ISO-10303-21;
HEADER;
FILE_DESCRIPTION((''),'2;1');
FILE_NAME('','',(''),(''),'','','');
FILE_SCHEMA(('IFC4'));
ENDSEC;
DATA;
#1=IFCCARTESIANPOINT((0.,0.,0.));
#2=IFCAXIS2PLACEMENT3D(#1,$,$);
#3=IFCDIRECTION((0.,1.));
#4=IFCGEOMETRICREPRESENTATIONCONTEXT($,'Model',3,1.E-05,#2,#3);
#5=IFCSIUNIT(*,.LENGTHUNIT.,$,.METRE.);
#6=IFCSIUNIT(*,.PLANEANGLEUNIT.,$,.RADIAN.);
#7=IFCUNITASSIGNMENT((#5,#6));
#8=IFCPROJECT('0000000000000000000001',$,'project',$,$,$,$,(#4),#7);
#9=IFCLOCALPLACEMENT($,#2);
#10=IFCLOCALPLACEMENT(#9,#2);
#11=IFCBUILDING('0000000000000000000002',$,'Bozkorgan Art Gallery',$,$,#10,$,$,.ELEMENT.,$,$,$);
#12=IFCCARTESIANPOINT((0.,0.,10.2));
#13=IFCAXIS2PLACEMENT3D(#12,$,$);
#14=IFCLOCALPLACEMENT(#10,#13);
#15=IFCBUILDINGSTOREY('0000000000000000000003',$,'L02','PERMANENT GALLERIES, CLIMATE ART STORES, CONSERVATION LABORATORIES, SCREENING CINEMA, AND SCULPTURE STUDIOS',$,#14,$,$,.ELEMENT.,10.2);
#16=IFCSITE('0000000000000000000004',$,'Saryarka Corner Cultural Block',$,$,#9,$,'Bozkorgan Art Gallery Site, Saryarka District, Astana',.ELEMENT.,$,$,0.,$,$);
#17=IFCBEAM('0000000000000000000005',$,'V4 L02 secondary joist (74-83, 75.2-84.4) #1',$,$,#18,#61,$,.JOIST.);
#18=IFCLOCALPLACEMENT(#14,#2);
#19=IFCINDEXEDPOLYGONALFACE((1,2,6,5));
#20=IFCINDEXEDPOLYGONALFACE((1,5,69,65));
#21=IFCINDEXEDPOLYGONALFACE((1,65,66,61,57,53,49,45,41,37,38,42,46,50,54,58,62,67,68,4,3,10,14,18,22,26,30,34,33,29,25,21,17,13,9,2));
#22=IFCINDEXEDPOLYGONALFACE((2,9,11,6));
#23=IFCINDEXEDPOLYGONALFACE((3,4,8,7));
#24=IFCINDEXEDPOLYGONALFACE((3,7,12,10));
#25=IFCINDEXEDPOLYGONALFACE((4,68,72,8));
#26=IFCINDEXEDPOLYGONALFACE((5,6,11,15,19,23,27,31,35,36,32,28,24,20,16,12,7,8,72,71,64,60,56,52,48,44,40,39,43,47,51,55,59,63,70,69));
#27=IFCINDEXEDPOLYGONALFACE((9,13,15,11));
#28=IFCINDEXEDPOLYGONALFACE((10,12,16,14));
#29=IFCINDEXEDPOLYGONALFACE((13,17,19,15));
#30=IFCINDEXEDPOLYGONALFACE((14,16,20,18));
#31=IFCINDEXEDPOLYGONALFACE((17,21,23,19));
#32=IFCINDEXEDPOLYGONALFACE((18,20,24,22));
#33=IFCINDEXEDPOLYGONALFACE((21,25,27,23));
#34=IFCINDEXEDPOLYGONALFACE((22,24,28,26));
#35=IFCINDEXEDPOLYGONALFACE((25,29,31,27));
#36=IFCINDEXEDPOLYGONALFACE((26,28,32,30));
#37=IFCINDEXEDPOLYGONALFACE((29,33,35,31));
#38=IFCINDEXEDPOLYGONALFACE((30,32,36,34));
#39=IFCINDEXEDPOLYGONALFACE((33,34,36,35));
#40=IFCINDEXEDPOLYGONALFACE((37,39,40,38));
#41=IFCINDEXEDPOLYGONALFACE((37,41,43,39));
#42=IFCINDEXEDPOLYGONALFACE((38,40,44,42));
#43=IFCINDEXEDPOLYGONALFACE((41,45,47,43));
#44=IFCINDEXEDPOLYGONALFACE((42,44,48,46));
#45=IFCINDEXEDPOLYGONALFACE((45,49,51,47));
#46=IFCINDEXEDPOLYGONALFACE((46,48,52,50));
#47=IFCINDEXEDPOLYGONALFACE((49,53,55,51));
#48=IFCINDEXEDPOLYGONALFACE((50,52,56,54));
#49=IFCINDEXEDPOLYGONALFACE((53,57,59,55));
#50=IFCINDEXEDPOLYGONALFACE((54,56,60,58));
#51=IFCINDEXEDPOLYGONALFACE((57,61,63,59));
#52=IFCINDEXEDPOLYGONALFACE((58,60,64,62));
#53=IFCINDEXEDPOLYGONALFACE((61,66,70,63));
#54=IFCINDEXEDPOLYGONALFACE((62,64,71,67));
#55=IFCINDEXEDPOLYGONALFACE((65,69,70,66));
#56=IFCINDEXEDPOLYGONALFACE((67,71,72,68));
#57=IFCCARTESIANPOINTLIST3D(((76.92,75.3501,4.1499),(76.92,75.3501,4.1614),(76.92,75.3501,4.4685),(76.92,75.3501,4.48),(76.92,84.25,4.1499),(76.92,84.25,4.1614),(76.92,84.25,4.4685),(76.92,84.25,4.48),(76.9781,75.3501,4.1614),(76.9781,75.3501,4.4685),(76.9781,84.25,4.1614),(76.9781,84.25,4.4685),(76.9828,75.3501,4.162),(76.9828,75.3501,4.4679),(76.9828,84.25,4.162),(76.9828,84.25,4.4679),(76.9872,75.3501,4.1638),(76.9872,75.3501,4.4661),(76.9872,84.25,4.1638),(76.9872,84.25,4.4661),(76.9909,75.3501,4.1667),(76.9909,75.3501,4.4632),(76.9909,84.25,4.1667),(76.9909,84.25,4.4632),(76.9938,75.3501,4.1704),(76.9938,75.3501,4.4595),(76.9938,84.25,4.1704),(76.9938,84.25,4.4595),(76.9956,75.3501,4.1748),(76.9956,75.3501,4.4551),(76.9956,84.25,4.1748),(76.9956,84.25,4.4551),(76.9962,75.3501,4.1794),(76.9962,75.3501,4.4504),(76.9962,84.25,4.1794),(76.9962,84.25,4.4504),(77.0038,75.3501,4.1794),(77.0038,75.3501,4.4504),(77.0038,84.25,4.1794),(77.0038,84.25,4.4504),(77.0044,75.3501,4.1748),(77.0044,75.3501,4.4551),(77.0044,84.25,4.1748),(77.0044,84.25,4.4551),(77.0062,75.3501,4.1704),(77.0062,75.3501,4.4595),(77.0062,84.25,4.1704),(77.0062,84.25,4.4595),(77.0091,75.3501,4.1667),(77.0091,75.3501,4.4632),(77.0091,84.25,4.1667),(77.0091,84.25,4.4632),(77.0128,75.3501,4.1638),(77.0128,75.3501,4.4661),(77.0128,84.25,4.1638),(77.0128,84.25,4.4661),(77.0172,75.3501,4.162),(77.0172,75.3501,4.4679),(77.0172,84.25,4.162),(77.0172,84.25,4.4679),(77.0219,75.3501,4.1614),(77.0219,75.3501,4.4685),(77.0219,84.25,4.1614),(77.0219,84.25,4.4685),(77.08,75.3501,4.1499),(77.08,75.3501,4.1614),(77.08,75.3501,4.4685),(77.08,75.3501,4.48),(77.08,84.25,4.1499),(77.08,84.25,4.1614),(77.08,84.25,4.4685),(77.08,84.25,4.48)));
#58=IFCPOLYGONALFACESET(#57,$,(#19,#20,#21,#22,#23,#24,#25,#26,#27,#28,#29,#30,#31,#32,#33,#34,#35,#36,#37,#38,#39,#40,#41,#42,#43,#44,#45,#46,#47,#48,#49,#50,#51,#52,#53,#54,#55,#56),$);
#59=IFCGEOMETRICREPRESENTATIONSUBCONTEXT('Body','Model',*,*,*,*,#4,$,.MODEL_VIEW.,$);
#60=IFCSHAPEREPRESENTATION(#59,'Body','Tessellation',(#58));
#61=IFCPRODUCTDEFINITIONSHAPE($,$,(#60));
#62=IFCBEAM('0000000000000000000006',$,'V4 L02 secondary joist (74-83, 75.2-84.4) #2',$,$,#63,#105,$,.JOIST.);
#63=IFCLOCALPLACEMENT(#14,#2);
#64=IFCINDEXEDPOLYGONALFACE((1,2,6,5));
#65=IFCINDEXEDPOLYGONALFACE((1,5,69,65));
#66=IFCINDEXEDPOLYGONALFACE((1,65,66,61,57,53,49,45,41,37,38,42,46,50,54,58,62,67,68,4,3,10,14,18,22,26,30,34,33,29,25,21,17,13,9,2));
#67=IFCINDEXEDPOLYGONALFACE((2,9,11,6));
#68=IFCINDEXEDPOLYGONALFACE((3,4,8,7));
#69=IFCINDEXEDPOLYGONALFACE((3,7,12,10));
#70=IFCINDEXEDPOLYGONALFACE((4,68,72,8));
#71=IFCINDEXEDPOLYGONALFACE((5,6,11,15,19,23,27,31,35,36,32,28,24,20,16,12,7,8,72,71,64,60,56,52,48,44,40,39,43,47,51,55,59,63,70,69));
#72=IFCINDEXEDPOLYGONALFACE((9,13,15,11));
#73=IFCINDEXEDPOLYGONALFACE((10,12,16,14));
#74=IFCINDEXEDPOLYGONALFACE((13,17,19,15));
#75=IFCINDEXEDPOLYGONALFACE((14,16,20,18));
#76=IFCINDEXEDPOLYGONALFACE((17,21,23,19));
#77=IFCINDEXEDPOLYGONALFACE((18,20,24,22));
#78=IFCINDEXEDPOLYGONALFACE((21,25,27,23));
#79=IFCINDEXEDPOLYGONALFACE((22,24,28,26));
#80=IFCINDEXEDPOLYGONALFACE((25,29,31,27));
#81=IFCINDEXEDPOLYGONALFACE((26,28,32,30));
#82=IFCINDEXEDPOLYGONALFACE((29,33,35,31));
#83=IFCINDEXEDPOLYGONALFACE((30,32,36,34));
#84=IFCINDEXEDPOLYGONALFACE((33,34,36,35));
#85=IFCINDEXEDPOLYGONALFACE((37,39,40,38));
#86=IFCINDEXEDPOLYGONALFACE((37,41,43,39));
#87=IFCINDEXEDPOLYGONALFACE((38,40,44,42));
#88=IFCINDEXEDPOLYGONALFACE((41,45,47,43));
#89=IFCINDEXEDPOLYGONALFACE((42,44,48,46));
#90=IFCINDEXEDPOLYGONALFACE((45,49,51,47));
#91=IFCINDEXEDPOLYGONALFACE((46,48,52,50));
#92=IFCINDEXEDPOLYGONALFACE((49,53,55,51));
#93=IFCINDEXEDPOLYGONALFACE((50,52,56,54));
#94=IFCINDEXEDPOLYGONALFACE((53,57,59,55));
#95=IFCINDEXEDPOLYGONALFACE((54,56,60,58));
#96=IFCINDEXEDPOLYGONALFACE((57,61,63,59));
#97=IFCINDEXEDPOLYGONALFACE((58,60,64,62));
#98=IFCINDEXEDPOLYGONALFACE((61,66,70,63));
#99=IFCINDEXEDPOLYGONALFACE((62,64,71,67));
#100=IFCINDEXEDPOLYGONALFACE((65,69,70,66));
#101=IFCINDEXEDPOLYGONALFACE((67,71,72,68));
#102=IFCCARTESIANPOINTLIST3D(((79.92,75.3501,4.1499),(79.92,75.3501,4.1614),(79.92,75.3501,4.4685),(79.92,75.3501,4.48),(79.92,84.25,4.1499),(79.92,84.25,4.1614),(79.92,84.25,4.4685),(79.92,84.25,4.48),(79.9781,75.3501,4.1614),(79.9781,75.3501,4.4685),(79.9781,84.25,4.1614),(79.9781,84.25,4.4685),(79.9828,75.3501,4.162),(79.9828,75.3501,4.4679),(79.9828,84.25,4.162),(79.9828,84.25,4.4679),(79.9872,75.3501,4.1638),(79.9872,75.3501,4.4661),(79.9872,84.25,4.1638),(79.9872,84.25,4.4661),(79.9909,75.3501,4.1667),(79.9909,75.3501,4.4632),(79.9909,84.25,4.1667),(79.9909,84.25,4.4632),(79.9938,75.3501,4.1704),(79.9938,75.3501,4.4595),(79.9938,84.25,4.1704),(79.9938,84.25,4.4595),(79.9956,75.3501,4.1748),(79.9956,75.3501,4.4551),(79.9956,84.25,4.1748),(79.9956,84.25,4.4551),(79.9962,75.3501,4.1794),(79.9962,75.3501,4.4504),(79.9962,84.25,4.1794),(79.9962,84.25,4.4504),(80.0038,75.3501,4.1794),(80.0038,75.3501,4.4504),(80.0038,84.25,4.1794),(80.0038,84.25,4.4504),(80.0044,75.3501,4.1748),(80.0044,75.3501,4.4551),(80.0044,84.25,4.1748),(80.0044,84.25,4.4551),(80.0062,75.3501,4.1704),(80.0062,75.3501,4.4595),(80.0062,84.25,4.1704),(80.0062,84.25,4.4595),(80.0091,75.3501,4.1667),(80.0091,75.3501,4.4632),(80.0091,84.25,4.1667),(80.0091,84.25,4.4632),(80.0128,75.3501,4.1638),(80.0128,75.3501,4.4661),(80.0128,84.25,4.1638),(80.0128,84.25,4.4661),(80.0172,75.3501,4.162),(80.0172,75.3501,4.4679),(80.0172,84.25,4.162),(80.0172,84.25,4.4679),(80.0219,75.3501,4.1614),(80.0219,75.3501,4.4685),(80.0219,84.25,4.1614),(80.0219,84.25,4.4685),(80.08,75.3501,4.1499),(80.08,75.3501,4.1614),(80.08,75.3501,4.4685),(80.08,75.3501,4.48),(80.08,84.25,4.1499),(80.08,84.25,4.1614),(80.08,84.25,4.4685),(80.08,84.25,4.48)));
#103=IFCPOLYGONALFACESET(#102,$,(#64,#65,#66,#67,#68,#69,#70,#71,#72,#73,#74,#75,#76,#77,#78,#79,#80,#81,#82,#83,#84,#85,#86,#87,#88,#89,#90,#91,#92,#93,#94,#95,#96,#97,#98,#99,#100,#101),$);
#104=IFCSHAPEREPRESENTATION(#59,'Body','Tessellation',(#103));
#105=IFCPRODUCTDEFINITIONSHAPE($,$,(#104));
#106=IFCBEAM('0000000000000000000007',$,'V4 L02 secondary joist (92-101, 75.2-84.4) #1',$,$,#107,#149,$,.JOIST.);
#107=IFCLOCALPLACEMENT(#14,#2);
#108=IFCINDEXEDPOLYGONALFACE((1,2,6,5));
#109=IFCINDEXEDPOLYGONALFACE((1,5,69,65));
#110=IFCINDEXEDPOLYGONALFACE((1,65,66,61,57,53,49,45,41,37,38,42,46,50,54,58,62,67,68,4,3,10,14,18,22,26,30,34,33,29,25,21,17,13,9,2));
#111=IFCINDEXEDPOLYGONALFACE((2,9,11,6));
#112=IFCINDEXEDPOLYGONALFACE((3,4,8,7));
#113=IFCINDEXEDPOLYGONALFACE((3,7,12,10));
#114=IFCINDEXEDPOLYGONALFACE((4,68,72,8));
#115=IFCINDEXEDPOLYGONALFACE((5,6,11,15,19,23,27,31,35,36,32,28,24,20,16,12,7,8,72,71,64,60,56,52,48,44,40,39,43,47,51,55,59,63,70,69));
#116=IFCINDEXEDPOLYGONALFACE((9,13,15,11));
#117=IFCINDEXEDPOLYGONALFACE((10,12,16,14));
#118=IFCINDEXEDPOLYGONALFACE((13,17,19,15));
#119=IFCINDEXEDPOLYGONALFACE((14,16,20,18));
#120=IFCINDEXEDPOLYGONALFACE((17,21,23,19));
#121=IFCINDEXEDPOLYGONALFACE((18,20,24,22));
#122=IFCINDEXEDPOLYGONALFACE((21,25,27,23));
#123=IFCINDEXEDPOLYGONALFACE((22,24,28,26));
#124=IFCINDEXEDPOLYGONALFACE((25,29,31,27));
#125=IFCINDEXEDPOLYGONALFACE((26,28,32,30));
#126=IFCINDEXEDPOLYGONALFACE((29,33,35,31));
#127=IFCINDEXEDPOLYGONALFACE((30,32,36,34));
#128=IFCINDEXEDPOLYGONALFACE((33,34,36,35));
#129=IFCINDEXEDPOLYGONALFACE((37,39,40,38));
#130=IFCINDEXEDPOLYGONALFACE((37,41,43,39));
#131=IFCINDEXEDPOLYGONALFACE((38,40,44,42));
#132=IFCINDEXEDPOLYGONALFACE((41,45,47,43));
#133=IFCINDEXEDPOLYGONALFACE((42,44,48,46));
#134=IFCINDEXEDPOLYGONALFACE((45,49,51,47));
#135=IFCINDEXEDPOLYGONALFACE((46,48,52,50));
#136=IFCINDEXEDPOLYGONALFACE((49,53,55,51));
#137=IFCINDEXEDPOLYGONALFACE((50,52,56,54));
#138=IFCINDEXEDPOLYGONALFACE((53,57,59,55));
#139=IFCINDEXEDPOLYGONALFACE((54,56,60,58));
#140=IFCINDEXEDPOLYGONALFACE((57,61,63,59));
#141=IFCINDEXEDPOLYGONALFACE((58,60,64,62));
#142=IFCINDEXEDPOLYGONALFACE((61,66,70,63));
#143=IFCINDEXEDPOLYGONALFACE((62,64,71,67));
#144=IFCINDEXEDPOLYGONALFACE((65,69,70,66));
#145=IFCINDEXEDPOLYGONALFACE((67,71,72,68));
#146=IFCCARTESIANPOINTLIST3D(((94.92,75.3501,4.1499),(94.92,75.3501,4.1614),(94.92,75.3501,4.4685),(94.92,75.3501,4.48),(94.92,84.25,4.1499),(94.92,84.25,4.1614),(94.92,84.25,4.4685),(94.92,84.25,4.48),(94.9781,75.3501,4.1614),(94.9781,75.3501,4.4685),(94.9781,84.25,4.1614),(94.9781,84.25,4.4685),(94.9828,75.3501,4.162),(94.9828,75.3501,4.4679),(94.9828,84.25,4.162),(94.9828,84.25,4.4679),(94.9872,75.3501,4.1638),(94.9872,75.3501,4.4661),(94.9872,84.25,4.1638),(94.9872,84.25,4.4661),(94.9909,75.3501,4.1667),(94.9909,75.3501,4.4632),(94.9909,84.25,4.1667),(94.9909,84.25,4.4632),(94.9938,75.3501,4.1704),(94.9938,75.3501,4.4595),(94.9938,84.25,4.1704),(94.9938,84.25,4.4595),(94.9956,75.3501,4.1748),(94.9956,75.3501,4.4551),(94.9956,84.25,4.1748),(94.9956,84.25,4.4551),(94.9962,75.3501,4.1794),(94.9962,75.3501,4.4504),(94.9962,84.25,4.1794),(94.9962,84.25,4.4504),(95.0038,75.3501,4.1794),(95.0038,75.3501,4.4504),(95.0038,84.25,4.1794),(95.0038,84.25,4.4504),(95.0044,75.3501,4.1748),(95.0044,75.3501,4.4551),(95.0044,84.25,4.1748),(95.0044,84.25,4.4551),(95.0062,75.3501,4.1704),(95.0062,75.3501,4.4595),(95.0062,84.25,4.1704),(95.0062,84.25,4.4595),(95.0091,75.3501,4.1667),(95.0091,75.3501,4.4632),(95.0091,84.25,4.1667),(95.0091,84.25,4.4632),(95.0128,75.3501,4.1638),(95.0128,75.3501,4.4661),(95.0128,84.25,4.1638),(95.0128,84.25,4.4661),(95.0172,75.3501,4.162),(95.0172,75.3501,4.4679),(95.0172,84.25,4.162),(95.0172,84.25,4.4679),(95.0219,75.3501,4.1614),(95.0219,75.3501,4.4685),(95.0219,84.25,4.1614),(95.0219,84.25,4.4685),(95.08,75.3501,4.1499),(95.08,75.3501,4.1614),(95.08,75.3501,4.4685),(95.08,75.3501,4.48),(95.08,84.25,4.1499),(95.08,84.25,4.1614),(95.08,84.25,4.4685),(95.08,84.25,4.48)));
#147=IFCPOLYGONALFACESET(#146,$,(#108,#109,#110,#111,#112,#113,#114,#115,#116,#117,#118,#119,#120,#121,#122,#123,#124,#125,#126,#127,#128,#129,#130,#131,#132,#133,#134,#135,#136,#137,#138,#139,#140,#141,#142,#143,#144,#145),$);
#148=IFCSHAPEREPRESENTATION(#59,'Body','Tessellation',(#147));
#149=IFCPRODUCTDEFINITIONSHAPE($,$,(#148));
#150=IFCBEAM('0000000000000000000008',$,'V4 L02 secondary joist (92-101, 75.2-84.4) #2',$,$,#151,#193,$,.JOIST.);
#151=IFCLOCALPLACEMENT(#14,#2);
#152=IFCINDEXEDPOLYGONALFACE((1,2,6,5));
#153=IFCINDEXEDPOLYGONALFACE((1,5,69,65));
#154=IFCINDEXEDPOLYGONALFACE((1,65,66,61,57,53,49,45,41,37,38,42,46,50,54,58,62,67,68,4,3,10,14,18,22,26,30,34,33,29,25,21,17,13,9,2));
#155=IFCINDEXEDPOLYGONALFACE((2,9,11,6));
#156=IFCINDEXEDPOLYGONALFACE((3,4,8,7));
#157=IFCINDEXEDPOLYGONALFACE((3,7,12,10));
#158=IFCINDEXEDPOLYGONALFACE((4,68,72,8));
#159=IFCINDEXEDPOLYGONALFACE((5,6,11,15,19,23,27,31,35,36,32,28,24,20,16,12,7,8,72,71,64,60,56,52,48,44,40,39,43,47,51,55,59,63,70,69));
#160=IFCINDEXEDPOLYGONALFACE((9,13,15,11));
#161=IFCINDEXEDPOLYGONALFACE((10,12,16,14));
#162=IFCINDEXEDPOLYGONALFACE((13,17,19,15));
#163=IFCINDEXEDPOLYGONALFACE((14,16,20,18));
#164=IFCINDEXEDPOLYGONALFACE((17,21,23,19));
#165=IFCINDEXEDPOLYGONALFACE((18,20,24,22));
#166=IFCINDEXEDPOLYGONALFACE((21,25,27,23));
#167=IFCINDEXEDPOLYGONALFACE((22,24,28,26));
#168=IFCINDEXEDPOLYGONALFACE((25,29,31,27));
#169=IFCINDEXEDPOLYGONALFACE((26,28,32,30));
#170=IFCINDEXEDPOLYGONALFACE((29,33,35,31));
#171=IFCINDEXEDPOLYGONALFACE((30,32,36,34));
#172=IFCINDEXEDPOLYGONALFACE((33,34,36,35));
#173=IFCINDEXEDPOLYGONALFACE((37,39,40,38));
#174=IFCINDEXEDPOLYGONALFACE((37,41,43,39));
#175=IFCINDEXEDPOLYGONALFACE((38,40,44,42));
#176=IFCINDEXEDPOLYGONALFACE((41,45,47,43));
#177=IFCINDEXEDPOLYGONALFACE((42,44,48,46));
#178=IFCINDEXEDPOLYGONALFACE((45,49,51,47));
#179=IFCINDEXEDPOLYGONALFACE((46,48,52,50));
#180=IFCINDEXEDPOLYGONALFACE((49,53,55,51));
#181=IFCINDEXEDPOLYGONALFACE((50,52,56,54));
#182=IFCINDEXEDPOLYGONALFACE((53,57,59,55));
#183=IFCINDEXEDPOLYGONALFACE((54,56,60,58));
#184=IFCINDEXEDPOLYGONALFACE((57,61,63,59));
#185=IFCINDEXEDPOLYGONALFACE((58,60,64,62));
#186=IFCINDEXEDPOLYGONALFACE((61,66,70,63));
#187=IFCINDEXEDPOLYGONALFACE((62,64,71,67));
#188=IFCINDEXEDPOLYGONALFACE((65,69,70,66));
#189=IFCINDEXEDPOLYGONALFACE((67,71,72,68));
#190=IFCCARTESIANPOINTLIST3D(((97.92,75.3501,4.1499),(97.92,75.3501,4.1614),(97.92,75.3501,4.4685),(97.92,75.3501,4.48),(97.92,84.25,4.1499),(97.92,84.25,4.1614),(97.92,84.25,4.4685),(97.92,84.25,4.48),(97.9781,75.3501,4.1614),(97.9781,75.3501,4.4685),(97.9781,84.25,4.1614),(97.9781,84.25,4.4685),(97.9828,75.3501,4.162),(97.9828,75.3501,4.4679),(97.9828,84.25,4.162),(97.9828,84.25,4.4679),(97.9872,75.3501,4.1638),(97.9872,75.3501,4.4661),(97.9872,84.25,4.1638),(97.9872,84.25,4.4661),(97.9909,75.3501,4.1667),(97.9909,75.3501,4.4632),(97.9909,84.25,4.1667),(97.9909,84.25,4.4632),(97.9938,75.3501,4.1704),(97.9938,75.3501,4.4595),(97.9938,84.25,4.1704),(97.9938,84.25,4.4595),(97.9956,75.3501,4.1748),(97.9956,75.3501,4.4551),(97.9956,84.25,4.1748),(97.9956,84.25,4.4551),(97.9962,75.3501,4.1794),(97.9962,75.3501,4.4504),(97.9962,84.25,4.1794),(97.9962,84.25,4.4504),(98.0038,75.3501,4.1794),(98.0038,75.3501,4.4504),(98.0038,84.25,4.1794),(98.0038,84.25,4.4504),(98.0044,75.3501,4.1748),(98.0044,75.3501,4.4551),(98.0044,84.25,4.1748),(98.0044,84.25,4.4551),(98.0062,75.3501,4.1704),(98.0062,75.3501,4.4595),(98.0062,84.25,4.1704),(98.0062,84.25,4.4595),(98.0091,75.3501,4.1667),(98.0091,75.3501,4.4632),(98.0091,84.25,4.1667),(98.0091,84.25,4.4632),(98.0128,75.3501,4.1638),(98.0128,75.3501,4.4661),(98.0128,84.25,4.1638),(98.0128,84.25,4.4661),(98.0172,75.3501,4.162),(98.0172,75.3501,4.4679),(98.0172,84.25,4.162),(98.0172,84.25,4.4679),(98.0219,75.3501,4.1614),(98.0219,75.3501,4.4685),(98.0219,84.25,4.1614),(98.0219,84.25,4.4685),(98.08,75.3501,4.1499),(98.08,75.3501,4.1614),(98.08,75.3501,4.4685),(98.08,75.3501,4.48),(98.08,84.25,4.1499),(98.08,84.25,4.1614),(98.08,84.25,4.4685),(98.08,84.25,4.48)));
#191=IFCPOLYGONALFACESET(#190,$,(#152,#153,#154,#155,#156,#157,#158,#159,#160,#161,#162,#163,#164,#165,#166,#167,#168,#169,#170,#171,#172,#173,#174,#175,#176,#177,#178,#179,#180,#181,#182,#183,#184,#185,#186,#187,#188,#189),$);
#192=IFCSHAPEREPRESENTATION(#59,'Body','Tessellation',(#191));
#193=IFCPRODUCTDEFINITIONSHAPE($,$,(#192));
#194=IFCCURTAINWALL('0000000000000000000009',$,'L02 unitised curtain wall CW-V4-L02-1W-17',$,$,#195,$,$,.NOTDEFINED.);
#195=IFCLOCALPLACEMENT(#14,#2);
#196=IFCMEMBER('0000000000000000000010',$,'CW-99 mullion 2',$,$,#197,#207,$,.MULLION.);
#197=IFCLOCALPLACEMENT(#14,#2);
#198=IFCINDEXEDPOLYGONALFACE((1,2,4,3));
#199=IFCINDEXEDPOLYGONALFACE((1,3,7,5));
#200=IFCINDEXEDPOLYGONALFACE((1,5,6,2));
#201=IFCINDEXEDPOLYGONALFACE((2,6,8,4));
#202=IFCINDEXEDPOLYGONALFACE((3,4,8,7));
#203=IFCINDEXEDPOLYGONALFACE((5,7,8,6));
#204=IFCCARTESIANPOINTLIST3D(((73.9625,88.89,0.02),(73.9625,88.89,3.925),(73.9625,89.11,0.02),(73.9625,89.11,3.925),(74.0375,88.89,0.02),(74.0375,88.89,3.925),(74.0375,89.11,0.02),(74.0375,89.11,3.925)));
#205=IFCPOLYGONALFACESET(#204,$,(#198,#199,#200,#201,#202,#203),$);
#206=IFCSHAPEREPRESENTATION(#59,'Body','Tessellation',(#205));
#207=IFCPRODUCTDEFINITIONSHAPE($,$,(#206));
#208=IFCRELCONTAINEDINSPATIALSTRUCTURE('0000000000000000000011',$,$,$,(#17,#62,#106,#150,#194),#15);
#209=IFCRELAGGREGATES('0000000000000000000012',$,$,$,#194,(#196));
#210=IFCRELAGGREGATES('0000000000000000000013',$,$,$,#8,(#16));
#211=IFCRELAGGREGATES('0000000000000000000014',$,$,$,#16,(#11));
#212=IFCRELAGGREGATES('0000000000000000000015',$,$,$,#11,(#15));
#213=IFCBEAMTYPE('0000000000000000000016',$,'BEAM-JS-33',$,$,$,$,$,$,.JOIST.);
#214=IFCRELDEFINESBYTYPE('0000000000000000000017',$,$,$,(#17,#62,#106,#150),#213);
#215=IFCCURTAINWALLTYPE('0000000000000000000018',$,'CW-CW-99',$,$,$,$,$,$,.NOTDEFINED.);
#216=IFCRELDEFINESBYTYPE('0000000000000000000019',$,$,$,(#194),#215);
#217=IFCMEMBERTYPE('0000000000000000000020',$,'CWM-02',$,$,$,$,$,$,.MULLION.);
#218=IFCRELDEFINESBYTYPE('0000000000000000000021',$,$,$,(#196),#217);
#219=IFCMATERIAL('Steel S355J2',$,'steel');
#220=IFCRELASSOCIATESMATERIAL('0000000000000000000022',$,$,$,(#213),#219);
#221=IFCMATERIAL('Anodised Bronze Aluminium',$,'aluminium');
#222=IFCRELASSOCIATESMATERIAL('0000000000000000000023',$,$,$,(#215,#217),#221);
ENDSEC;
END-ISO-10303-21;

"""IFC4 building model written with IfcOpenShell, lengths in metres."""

from ifc_helpers import new_model, si_unit, direction, frame, origin, origin_2d, place, context, subcontext, project, spatial, rectangle, i_section, extrude, material, material_profile, profile_set, type_object, element, aggregate, save


model = new_model("IFC4")

# Units and contexts
model_context = context("Model", 3, precision=1e-05, world=origin(), true_north=direction((0.0, 1.0)))
body_context = subcontext(model_context, "Body", "Model", "MODEL_VIEW")
ifc_project = project(units=[si_unit("LENGTHUNIT", "METRE"), si_unit("PLANEANGLEUNIT", "RADIAN")], contexts=[model_context])

# Site, building, storey
site_placement = place(None, origin())
site = spatial("IfcSite", under=ifc_project, at=site_placement, Name="Saryarka Corner Cultural Block", LongName="Bozkorgan Art Gallery Site, Saryarka District, Astana", CompositionType="ELEMENT", RefElevation=0.0)
building_placement = place(site_placement, origin())
building = spatial("IfcBuilding", under=site, at=building_placement, Name="Bozkorgan Art Gallery", CompositionType="ELEMENT")
storey_placement = place(building_placement, frame((0.0, 0.0, 10.2)))
storey = spatial("IfcBuildingStorey", under=building, at=storey_placement, Name="L02", Description="PERMANENT GALLERIES, CLIMATE ART STORES, CONSERVATION LABORATORIES, SCREENING CINEMA, AND SCULPTURE STUDIOS", CompositionType="ELEMENT", Elevation=10.2)

# Beams
ifc_material_1 = material(Name="Steel S355J2", Category="steel")
ifc_material_profile_1 = material_profile(ifc_material_1, i_section(OverallWidth=0.1599, OverallDepth=0.3301, WebThickness=0.0076, FlangeThickness=0.0115, FilletRadius=0.0181, at=origin_2d()), Name="IPE 330")
ifc_profile_set_1 = profile_set([ifc_material_profile_1], Name="Steel S355J2")
beam_type_1 = type_object("IfcBeamType", Name="BEAM-JS-33", PredefinedType="JOIST", material=ifc_profile_set_1)
for number, where, z_axis, x_axis, name in (
    (1, (77.0, 75.3501, 4.3149), (0.0, 1.0, 0.0), (-1.0, 0.0, 0.0), "V4 L02 secondary joist (74-83, 75.2-84.4) #1"),
    (2, (80.0, 75.3501, 4.3149), (0.0, 1.0, 0.0), (-1.0, 0.0, 0.0), "V4 L02 secondary joist (74-83, 75.2-84.4) #2"),
    (3, (95.0, 75.3501, 4.3149), (0.0, 1.0, 0.0), (-1.0, 0.0, 0.0), "V4 L02 secondary joist (92-101, 75.2-84.4) #1"),
    (4, (98.0, 75.3501, 4.3149), (0.0, 1.0, 0.0), (-1.0, 0.0, 0.0), "V4 L02 secondary joist (92-101, 75.2-84.4) #2"),
):
    element("IfcBeam", number, at=place(storey_placement, frame(where, z_axis=z_axis, x_axis=x_axis)), inside=storey, type_object=beam_type_1, Name=name, PredefinedType="JOIST", context=body_context, shape_type="SweptSolid", body=[
        extrude(i_section(OverallWidth=0.1599, OverallDepth=0.3301, WebThickness=0.0076, FlangeThickness=0.0115, FilletRadius=0.0181, at=origin_2d()), origin(), (0.0, 0.0, 1.0), 8.8999),
    ])

# Curtain wall, member
ifc_material_2 = material(Name="Anodised Bronze Aluminium", Category="aluminium")
curtain_wall_type = type_object("IfcCurtainWallType", Name="CW-CW-99", PredefinedType="NOTDEFINED", material=ifc_material_2)
curtain_wall_placement = place(storey_placement, origin())
curtain_wall = element("IfcCurtainWall", 5, at=curtain_wall_placement, inside=storey, type_object=curtain_wall_type, Name="L02 unitised curtain wall CW-V4-L02-1W-17", PredefinedType="NOTDEFINED")
ifc_material_profile_2 = material_profile(ifc_material_2, rectangle(XDim=0.075, YDim=0.22, at=origin_2d()), Name="ALU MULLION 75x220")
ifc_profile_set_2 = profile_set([ifc_material_profile_2], Name="Anodised Bronze Aluminium")
member_type = type_object("IfcMemberType", Name="CWM-02", PredefinedType="MULLION", material=ifc_profile_set_2)
member_placement = place(storey_placement, frame((74.0, 89.0, 0.02), z_axis=(0.0, 0.0, 1.0), x_axis=(-1.0, 0.0, 0.0)))
member = element("IfcMember", 6, at=member_placement, type_object=member_type, Name="CW-99 mullion 2", PredefinedType="MULLION", context=body_context, shape_type="SweptSolid", body=[
    extrude(rectangle(XDim=0.075, YDim=0.22, at=origin_2d()), origin(), (0.0, 0.0, 1.0), 3.905),
])
aggregate(curtain_wall, [member])

save(model, "model.ifc")
